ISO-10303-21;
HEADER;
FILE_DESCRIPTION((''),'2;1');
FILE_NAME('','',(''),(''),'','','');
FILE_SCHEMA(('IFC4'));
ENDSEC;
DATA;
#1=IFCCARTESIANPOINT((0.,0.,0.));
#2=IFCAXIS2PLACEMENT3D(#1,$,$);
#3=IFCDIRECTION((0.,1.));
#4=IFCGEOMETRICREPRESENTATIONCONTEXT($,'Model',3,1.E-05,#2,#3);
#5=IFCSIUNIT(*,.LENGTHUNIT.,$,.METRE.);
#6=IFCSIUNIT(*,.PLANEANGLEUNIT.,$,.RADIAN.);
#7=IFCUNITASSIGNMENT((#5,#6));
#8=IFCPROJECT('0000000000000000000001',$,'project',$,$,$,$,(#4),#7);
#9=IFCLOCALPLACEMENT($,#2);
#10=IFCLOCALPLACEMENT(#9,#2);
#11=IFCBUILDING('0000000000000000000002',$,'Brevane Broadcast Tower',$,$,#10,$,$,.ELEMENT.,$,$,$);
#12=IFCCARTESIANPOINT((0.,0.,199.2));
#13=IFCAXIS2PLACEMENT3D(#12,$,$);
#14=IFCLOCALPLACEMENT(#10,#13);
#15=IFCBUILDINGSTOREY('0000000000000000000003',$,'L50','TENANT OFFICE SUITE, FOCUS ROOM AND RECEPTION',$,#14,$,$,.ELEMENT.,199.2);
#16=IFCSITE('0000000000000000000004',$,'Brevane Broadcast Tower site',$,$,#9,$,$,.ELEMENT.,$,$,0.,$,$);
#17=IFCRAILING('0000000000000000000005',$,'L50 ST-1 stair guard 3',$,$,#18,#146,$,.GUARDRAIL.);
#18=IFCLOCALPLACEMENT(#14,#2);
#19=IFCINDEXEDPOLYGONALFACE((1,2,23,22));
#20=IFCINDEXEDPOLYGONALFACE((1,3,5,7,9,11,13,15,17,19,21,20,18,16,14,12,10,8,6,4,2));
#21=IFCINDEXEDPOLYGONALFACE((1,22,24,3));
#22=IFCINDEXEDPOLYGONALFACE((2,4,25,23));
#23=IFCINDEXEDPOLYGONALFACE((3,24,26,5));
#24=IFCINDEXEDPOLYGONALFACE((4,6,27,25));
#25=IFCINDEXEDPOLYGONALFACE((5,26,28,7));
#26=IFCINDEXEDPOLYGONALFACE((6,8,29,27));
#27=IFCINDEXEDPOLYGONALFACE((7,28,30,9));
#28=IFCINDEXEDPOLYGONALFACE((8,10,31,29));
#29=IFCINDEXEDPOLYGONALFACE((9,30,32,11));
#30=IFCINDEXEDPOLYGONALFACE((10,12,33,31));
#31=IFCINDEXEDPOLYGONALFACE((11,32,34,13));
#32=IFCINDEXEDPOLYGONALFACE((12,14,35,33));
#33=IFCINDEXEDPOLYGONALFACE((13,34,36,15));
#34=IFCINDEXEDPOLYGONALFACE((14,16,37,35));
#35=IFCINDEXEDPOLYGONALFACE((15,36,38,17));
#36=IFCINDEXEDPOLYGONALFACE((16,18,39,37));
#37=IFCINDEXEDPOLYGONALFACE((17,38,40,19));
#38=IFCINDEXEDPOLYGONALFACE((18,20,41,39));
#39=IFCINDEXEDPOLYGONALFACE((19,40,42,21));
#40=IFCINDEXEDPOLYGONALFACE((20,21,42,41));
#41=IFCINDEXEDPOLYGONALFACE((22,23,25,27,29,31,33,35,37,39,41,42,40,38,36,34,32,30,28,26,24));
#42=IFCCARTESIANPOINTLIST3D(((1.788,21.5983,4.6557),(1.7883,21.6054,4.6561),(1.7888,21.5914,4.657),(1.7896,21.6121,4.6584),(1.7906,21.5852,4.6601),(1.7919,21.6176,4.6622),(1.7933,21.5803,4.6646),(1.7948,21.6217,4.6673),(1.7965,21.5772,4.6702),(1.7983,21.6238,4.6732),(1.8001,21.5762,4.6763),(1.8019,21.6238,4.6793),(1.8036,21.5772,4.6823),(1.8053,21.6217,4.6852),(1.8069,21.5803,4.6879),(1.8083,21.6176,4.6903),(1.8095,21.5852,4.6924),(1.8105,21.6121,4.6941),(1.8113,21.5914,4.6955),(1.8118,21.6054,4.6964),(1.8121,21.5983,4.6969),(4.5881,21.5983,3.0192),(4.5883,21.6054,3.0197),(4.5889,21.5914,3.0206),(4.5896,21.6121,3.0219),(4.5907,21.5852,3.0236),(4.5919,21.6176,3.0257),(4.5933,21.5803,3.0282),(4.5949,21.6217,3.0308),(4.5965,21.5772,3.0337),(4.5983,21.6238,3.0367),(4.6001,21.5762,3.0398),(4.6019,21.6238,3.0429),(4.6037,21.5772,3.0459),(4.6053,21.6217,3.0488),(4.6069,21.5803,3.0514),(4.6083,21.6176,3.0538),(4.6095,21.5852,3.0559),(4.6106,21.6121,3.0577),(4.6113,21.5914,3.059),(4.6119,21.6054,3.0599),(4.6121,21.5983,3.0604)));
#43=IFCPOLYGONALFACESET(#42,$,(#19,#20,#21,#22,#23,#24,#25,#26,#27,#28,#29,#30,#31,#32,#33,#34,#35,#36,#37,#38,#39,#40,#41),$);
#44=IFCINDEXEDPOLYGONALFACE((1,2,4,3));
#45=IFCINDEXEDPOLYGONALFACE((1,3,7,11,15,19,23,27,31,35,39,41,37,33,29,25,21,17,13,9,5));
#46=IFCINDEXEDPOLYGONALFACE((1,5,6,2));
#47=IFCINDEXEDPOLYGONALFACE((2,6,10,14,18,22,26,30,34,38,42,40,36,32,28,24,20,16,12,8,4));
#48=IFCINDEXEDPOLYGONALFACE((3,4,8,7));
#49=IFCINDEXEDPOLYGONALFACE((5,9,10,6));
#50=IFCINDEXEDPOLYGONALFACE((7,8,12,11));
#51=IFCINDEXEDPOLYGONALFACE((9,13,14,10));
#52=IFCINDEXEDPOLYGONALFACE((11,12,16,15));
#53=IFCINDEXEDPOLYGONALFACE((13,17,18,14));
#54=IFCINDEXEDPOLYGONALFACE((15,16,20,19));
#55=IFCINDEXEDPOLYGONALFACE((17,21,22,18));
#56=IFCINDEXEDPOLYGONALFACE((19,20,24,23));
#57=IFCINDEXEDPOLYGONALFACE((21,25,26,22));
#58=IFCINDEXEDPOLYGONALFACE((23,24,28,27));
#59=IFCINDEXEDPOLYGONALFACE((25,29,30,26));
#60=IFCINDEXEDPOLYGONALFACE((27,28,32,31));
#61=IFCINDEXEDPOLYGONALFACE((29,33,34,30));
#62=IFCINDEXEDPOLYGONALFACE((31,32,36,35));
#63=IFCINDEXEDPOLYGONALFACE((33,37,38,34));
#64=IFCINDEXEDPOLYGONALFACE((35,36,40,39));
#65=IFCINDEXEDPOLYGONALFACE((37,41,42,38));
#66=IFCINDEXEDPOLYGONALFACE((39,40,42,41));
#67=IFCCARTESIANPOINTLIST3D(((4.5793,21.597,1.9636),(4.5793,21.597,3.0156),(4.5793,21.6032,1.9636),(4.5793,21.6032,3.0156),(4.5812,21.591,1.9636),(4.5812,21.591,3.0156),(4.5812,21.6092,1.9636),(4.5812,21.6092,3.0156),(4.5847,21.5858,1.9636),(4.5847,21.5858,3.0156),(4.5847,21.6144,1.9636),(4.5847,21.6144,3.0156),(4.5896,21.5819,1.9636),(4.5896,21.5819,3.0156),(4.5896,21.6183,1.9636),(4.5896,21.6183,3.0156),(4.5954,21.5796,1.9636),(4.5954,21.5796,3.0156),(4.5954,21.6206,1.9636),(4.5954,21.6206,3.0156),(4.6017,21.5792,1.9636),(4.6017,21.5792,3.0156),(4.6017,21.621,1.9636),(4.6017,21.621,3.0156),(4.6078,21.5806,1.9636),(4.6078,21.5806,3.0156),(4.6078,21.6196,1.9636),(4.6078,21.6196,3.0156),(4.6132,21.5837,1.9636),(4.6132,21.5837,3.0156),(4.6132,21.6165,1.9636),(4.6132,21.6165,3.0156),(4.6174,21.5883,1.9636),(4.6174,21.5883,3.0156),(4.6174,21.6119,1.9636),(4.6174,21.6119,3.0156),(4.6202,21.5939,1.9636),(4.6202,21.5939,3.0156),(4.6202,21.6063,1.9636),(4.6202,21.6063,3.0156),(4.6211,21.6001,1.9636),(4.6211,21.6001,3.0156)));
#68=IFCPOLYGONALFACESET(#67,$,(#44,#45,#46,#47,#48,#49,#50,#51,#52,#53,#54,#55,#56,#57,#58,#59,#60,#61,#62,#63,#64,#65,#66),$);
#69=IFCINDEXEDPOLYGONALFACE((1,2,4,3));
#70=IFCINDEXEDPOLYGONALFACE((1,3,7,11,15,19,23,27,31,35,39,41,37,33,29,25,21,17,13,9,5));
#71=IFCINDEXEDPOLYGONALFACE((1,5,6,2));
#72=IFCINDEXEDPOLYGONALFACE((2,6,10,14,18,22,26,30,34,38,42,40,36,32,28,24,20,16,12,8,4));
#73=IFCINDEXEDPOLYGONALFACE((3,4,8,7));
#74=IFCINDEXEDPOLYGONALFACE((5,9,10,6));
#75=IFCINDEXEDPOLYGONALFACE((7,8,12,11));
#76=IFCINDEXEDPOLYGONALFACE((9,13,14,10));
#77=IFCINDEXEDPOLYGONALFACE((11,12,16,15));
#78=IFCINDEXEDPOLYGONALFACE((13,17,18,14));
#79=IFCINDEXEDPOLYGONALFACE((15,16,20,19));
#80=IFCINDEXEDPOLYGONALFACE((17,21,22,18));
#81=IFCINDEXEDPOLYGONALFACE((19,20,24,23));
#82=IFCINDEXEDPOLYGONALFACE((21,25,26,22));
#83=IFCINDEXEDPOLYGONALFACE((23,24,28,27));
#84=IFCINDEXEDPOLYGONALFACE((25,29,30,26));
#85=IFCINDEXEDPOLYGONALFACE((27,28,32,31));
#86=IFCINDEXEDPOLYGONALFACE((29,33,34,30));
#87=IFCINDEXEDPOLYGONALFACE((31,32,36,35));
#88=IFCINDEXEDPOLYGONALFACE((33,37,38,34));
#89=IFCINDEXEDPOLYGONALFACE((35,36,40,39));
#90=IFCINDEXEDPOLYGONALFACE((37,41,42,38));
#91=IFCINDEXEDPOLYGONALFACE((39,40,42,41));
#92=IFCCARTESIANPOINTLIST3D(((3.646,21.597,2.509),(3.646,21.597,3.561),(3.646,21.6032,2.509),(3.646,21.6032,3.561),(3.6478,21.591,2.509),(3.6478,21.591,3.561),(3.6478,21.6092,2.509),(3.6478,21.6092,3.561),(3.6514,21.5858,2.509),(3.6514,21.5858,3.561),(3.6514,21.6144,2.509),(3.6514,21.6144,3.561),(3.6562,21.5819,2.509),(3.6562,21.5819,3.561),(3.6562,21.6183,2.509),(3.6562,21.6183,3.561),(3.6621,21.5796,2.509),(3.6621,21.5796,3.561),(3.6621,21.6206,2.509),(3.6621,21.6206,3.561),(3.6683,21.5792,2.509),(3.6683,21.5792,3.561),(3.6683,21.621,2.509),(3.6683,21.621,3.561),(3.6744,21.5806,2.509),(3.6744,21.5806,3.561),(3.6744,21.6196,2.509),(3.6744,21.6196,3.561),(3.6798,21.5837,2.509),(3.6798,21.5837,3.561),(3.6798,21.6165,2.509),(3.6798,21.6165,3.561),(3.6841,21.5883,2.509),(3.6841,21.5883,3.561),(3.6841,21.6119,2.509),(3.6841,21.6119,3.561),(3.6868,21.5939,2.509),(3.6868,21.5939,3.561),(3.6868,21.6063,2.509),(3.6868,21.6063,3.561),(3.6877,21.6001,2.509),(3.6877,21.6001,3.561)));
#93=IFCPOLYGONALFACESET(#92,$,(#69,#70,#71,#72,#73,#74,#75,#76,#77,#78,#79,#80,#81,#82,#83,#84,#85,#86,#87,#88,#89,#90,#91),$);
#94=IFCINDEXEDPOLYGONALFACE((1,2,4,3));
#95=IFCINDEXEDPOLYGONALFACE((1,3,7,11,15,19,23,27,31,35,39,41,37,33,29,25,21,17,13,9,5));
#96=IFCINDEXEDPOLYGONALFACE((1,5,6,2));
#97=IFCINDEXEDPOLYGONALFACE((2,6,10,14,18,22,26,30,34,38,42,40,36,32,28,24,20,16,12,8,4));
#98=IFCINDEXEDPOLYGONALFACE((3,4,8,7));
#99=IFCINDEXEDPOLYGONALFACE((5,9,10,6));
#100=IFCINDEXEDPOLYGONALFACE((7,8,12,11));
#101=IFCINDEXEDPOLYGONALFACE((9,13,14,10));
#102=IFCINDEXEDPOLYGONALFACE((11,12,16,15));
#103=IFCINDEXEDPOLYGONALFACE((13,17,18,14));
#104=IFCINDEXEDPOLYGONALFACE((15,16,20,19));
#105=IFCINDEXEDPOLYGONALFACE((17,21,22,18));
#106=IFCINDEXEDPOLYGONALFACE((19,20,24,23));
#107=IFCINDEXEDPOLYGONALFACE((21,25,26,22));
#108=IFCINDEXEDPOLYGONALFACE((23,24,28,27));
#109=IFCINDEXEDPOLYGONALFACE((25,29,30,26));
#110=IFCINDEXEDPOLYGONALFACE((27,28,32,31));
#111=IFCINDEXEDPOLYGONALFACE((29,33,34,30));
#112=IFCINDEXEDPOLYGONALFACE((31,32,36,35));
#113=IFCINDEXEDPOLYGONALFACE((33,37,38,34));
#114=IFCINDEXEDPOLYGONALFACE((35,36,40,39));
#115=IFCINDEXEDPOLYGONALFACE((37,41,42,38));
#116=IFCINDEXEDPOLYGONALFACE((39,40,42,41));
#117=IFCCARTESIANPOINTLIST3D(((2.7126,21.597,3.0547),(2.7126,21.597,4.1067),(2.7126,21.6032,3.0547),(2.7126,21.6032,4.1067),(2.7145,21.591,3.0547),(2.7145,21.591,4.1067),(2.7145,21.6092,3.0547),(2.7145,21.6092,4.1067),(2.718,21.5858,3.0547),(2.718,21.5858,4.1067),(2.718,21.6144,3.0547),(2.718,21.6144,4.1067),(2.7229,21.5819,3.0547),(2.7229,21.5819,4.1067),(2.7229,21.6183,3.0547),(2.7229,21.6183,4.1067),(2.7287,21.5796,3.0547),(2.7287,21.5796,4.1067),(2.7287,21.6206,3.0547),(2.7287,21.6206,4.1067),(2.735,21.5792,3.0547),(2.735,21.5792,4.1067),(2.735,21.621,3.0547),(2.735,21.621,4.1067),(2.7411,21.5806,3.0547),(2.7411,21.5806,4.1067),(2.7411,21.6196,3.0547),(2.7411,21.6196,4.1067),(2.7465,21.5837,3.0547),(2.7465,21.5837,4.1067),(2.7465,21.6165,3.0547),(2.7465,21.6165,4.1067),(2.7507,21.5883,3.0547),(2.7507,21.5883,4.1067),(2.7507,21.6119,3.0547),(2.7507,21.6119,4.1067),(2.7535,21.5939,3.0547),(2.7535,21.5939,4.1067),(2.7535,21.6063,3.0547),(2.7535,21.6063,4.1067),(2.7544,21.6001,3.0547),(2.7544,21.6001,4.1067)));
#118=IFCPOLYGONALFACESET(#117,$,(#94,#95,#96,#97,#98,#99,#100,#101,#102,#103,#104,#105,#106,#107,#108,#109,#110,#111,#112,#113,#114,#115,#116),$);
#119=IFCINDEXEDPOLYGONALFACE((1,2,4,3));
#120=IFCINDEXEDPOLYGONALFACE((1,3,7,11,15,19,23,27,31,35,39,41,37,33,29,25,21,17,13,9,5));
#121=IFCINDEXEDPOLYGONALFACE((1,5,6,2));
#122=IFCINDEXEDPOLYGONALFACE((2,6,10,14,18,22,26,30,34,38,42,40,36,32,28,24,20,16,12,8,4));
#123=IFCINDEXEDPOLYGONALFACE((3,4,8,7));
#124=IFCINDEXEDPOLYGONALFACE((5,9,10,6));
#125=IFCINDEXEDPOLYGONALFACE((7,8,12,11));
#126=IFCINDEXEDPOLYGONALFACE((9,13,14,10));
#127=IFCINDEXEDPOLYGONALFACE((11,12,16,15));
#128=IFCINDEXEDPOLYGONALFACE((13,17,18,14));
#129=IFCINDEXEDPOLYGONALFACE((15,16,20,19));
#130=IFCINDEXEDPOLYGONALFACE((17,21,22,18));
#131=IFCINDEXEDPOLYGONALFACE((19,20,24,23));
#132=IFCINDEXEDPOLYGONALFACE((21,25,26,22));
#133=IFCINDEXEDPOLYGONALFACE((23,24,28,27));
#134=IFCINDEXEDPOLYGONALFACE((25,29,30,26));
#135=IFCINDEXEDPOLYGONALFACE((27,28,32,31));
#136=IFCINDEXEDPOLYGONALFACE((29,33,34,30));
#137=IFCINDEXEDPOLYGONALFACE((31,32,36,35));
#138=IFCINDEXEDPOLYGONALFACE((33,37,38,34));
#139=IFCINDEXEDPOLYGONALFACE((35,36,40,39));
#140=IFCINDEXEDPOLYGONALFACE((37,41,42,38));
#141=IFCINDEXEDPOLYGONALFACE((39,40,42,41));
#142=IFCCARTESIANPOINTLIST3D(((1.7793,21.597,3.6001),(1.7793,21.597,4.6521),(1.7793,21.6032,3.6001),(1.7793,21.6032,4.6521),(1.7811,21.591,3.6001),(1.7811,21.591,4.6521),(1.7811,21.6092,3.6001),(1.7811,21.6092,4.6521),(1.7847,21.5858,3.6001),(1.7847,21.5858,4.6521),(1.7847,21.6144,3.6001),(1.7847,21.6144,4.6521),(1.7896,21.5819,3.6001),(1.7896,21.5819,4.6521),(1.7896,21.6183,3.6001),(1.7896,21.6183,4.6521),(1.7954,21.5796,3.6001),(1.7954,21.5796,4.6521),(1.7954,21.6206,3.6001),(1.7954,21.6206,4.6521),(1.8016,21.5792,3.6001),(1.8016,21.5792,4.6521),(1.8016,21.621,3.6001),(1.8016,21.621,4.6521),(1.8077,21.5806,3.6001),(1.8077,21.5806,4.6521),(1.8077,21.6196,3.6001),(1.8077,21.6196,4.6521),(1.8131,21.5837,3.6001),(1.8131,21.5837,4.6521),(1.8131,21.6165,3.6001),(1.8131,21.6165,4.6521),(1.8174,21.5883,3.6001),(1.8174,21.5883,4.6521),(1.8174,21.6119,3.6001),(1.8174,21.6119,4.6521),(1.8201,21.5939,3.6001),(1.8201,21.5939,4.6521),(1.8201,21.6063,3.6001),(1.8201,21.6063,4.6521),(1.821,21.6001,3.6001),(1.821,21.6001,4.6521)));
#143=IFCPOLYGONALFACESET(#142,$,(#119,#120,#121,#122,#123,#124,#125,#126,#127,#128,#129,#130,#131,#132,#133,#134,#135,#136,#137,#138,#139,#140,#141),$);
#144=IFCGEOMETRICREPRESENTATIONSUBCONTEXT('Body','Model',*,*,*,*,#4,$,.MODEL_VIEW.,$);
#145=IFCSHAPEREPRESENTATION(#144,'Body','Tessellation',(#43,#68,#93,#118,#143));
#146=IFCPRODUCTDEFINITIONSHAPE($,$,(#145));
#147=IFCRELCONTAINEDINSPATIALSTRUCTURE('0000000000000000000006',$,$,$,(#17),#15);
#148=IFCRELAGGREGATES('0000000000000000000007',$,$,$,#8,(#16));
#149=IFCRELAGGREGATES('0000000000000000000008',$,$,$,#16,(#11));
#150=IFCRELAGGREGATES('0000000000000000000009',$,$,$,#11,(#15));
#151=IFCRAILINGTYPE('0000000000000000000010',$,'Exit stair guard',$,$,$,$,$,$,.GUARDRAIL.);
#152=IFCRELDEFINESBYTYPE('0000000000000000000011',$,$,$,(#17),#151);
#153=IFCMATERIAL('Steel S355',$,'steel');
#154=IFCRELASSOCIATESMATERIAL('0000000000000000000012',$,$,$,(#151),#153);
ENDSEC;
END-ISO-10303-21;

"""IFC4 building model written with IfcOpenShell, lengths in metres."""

from ifc_helpers import new_model, si_unit, direction, frame, origin, origin_2d, place, context, subcontext, project, spatial, circle, extrude, material, type_object, element, save


model = new_model("IFC4")

# Units and contexts
model_context = context("Model", 3, precision=1e-05, world=origin(), true_north=direction((0.0, 1.0)))
body_context = subcontext(model_context, "Body", "Model", "MODEL_VIEW")
ifc_project = project(units=[si_unit("LENGTHUNIT", "METRE"), si_unit("PLANEANGLEUNIT", "RADIAN")], contexts=[model_context])

# Site, building, storey
site_placement = place(None, origin())
site = spatial("IfcSite", under=ifc_project, at=site_placement, Name="Brevane Broadcast Tower site", CompositionType="ELEMENT", RefElevation=0.0)
building_placement = place(site_placement, origin())
building = spatial("IfcBuilding", under=site, at=building_placement, Name="Brevane Broadcast Tower", CompositionType="ELEMENT")
storey_placement = place(building_placement, frame((0.0, 0.0, 199.2)))
storey = spatial("IfcBuildingStorey", under=building, at=storey_placement, Name="L50", Description="TENANT OFFICE SUITE, FOCUS ROOM AND RECEPTION", CompositionType="ELEMENT", Elevation=199.2)

# Railing
ifc_material_1 = material(Name="Steel S355", Category="steel")
railing_type_1 = type_object("IfcRailingType", Name="Exit stair guard", PredefinedType="GUARDRAIL", material=ifc_material_1)
railing_1_placement = place(storey_placement, frame((4.6001, 21.6001, 1.9636)))
element("IfcRailing", 1, at=railing_1_placement, inside=storey, type_object=railing_type_1, Name="L50 ST-1 stair guard 3", PredefinedType="GUARDRAIL", context=body_context, shape_type="SweptSolid", body=[
    extrude(circle(Radius=0.0239, at=origin_2d()), frame((0.0, 0.0, 1.0762), z_axis=(-0.863361, 0.0, 0.504587), x_axis=(0.0, -1.0, 0.0)), (0.0, 0.0, 1.0), 3.2432),
    extrude(circle(Radius=0.021, at=origin_2d()), origin(), (0.0, 0.0, 1.0), 1.052),
    extrude(circle(Radius=0.021, at=origin_2d()), frame((-0.9333, 0.0, 0.5454)), (0.0, 0.0, 1.0), 1.052),
    extrude(circle(Radius=0.021, at=origin_2d()), frame((-1.8667, 0.0, 1.0911)), (0.0, 0.0, 1.0), 1.052),
    extrude(circle(Radius=0.021, at=origin_2d()), frame((-2.8, 0.0, 1.6365)), (0.0, 0.0, 1.0), 1.052),
])

save(model, "model.ifc")
